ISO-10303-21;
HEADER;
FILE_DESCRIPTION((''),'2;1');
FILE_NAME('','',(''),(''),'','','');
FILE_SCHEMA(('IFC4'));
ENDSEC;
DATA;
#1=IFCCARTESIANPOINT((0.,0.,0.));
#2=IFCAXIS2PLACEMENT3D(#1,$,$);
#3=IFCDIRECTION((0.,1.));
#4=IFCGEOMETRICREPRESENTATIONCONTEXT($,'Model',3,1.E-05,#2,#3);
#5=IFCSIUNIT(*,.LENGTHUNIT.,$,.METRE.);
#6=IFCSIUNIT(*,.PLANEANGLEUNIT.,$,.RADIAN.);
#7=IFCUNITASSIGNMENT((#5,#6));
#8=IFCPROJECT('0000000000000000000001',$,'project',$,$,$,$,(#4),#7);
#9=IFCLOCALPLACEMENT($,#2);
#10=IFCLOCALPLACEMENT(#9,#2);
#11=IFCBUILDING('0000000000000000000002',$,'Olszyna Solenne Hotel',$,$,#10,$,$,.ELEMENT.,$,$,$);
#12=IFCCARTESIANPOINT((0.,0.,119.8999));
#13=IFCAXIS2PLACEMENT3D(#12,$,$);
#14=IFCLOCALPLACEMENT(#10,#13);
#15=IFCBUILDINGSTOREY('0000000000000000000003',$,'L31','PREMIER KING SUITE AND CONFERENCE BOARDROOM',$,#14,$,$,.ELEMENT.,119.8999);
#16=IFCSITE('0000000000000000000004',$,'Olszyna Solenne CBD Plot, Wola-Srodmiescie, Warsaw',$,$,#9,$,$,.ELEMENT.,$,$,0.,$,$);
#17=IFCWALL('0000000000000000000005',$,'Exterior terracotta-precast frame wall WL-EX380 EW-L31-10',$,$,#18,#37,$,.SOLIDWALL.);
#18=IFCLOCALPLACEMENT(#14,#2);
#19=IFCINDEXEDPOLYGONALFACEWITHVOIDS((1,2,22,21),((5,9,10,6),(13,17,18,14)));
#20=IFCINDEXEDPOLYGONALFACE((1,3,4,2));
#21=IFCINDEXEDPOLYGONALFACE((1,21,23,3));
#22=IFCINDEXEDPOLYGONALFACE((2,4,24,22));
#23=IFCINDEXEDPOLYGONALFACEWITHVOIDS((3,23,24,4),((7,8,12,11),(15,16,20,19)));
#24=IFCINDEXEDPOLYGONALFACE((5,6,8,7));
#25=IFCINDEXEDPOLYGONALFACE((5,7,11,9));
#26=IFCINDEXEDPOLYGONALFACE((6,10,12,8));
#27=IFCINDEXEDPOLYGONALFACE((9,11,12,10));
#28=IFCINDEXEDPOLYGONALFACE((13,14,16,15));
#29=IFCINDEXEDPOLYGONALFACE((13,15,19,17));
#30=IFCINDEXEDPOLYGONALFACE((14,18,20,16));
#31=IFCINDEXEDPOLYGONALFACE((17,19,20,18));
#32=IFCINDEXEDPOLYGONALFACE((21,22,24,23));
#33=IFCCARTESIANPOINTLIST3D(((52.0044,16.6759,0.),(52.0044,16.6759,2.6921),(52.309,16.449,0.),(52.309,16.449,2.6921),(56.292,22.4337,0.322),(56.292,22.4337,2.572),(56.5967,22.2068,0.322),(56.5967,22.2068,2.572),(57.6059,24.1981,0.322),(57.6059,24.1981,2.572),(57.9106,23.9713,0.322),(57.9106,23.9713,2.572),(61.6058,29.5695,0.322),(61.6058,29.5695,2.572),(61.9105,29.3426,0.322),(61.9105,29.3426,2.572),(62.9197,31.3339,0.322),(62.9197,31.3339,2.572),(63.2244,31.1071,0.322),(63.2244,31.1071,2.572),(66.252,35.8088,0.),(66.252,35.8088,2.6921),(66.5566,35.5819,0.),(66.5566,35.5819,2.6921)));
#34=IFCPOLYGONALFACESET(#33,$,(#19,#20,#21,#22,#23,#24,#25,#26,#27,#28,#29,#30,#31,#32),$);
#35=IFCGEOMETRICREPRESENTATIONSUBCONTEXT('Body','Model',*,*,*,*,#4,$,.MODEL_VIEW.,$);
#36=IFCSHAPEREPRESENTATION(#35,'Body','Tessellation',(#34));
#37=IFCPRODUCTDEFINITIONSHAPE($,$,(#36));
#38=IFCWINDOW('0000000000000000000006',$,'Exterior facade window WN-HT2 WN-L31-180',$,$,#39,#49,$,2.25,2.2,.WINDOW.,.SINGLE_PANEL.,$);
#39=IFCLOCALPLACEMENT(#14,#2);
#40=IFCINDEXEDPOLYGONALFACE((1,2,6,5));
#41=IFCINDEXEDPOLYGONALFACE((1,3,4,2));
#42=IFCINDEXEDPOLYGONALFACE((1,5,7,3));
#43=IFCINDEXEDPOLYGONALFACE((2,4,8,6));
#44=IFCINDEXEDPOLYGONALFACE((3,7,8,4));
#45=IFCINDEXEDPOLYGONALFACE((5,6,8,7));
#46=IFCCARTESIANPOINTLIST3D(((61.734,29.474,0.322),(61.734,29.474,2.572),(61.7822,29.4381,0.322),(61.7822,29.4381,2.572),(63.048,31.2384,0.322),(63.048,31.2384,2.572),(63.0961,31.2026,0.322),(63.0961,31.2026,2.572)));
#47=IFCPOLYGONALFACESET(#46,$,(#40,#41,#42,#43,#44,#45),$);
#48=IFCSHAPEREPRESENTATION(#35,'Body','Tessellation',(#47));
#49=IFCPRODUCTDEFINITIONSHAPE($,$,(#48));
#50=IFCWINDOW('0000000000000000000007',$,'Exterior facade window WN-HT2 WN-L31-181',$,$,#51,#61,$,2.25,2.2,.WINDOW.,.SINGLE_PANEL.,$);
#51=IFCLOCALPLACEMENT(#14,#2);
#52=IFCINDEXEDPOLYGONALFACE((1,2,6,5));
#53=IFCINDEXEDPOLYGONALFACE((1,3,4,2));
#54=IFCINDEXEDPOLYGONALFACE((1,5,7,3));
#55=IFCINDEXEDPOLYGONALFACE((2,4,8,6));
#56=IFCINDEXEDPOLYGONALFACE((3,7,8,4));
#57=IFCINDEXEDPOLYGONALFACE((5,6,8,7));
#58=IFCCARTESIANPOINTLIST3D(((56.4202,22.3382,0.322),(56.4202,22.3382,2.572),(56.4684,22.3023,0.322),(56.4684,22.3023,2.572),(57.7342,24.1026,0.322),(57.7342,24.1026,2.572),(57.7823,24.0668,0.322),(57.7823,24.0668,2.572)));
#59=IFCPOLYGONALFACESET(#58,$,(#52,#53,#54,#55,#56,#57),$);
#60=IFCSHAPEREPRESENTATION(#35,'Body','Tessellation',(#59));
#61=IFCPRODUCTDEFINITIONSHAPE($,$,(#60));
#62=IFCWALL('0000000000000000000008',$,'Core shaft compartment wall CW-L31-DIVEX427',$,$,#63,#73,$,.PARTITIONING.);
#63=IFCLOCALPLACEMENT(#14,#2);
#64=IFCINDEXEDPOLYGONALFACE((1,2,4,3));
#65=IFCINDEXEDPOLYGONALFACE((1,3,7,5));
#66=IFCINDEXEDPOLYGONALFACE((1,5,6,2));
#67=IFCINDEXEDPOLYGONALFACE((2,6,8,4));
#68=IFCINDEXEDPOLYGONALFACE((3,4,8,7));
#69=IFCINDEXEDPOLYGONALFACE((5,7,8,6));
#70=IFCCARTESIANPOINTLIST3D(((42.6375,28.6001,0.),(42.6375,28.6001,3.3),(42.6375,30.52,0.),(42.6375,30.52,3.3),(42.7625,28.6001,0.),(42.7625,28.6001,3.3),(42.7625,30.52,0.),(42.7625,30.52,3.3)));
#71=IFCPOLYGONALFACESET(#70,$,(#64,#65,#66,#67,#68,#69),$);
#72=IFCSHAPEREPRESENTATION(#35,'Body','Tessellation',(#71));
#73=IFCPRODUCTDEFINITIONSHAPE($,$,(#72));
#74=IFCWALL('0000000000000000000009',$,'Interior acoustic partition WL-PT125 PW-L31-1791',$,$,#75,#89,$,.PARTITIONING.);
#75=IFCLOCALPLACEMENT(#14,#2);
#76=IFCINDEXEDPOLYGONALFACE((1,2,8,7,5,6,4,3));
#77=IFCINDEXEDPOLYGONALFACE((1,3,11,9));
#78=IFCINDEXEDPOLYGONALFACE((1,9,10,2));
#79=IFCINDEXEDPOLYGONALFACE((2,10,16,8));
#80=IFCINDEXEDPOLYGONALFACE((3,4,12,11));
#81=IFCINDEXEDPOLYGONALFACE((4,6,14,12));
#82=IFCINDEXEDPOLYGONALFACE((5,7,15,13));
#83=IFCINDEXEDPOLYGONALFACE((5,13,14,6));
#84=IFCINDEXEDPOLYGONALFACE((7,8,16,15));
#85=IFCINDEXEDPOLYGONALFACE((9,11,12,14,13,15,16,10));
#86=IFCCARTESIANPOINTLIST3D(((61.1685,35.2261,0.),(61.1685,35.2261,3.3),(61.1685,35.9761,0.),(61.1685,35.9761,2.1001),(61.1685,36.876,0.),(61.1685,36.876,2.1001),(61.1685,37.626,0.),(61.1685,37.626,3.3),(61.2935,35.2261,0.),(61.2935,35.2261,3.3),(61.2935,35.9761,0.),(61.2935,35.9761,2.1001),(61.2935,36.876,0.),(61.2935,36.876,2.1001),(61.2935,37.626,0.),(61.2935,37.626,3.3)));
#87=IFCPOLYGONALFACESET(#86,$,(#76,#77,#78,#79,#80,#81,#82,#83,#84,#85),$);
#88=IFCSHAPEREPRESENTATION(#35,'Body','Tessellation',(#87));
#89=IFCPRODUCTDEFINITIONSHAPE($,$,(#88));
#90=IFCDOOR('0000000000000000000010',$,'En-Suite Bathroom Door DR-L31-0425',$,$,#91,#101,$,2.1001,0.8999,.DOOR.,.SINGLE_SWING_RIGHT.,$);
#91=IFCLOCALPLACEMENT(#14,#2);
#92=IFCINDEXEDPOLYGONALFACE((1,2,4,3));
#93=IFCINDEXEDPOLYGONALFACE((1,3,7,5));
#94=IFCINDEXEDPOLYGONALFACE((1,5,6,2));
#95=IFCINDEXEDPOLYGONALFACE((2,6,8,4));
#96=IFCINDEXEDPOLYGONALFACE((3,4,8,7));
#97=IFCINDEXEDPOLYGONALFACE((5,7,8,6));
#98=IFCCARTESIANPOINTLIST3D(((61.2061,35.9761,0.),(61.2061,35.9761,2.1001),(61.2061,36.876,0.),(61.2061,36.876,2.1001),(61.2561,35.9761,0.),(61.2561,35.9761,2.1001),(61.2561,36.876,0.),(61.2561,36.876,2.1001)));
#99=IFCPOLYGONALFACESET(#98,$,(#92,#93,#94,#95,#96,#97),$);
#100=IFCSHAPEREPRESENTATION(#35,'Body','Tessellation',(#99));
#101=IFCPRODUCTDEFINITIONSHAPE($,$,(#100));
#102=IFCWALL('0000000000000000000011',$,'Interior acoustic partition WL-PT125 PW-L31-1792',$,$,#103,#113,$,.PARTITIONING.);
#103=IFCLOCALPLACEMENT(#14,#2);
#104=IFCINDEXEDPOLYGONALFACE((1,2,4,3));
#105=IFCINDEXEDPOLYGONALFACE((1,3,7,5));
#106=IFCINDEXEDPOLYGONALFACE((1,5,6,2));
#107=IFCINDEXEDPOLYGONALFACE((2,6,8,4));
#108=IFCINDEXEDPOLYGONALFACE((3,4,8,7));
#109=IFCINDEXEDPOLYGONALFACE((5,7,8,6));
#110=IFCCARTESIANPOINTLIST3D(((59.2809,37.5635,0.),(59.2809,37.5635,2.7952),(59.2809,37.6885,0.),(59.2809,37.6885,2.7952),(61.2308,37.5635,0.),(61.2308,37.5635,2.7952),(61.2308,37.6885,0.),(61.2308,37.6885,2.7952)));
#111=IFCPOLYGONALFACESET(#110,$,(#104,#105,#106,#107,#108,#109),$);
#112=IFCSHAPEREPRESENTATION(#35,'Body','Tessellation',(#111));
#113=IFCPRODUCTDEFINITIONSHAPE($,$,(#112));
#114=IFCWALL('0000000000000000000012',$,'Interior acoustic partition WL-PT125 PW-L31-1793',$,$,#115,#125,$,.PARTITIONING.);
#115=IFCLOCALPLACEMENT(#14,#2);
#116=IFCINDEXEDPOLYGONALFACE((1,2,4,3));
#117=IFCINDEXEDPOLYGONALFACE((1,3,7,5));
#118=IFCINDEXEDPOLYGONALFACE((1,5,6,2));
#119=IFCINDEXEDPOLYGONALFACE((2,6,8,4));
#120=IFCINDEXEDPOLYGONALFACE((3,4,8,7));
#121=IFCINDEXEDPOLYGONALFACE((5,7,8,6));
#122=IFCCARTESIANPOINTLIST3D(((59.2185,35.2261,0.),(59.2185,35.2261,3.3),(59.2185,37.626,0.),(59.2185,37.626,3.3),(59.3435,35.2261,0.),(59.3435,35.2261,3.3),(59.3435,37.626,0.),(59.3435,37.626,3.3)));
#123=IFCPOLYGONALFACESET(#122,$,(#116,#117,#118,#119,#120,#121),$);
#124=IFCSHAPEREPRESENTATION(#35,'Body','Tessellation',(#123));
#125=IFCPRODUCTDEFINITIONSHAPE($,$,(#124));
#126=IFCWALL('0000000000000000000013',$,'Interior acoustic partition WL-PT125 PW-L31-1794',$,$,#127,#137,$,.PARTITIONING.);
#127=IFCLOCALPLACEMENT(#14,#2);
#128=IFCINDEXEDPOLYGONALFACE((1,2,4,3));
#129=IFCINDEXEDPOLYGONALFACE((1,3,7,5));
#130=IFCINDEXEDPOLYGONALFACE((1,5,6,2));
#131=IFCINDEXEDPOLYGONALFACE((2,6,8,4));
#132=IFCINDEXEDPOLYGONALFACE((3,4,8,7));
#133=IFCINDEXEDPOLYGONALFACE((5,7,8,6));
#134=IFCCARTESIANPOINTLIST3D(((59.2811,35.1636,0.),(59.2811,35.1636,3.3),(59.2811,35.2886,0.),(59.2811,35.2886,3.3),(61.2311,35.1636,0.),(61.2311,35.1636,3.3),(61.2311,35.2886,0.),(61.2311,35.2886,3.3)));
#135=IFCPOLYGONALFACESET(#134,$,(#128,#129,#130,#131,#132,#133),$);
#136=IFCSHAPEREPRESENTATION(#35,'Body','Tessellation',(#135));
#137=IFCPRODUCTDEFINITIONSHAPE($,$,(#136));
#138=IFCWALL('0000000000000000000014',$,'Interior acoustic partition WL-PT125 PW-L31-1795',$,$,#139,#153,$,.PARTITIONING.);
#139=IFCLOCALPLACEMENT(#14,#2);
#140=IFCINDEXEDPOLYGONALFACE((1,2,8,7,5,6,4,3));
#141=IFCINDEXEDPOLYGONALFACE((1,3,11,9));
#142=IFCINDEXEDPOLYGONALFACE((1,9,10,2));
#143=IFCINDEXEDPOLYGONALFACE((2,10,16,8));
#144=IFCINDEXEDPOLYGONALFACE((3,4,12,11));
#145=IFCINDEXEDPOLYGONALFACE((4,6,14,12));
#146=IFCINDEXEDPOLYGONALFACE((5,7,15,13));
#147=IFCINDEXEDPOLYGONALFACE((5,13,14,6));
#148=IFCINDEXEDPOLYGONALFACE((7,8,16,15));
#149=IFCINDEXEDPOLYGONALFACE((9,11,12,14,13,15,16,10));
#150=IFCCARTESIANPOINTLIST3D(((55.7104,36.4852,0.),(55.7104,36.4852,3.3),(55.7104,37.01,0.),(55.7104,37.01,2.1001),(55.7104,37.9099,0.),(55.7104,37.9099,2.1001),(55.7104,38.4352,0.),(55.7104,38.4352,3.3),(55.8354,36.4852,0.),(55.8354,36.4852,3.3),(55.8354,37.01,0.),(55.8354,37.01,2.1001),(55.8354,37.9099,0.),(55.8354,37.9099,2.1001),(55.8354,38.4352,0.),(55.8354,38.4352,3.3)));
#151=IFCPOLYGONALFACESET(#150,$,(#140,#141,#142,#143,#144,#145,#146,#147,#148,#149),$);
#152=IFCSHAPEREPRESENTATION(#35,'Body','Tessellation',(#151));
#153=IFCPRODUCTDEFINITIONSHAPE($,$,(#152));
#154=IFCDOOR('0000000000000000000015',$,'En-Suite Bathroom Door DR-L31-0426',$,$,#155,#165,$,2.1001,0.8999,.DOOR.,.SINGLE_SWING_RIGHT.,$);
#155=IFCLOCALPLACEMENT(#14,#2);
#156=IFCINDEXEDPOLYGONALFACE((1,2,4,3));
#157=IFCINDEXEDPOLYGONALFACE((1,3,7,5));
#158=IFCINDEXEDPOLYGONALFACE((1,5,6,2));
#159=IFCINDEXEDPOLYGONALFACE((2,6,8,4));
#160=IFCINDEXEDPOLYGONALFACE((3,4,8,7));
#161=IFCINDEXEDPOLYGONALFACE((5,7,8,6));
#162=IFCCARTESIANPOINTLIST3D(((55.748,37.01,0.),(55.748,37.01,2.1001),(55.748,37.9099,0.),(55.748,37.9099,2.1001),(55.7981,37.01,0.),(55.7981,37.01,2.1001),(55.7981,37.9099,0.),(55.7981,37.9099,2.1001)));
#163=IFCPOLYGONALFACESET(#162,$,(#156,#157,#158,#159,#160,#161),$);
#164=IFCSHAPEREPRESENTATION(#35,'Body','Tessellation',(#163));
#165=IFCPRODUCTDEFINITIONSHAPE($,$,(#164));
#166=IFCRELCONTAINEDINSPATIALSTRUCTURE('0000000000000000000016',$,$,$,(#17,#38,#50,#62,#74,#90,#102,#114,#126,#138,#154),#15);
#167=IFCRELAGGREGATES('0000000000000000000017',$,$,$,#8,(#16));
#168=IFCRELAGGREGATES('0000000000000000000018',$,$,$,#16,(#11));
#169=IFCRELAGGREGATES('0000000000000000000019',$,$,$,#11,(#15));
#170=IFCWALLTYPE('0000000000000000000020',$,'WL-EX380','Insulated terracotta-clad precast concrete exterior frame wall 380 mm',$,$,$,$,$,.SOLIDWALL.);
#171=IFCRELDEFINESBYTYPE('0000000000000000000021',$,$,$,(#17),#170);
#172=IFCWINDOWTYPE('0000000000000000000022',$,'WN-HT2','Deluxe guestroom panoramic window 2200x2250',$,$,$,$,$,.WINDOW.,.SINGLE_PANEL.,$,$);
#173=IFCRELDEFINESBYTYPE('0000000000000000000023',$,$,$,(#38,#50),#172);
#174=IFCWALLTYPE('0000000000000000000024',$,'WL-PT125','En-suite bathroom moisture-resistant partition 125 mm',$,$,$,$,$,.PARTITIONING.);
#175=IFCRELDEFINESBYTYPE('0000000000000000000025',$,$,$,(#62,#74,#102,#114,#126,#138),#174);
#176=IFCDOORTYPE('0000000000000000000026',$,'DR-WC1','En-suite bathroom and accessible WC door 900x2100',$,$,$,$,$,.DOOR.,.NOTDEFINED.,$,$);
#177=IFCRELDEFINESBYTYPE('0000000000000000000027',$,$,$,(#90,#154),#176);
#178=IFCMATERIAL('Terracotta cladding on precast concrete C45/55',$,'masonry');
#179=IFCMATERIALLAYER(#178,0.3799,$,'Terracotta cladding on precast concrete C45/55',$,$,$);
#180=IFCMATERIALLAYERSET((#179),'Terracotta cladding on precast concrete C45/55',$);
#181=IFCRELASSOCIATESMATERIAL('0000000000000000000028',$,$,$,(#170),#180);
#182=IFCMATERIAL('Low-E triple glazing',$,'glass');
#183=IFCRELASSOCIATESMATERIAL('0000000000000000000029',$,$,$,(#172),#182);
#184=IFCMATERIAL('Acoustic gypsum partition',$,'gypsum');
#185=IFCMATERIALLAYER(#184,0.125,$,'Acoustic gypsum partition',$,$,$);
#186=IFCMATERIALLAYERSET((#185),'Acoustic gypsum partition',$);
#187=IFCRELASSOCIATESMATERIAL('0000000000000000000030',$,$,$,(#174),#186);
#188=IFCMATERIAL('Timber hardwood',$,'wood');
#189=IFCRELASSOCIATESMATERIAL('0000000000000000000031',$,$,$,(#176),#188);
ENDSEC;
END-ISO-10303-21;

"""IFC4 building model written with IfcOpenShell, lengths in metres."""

from ifc_helpers import new_model, si_unit, direction, frame, frame_2d, origin, place, context, subcontext, project, spatial, rectangle, extrude, source, transform, mapped, material, layer, layer_set, type_object, type_shapes, element, fill, save


model = new_model("IFC4")

# Units and contexts
model_context = context("Model", 3, precision=1e-05, world=origin(), true_north=direction((0.0, 1.0)))
body_context = subcontext(model_context, "Body", "Model", "MODEL_VIEW")
ifc_project = project(units=[si_unit("LENGTHUNIT", "METRE"), si_unit("PLANEANGLEUNIT", "RADIAN")], contexts=[model_context])

# Site, building, storey
site_placement = place(None, origin())
site = spatial("IfcSite", under=ifc_project, at=site_placement, Name="Olszyna Solenne CBD Plot, Wola-Srodmiescie, Warsaw", CompositionType="ELEMENT", RefElevation=0.0)
building_placement = place(site_placement, origin())
building = spatial("IfcBuilding", under=site, at=building_placement, Name="Olszyna Solenne Hotel", CompositionType="ELEMENT")
storey_placement = place(building_placement, frame((0.0, 0.0, 119.8999)))
storey = spatial("IfcBuildingStorey", under=building, at=storey_placement, Name="L31", Description="PREMIER KING SUITE AND CONFERENCE BOARDROOM", CompositionType="ELEMENT", Elevation=119.8999)

# Shared definitions
ifc_material_1 = material(Name="Timber hardwood", Category="wood")

# Shared definitions
ifc_material_2 = material(Name="Terracotta cladding on precast concrete C45/55", Category="masonry")
ifc_layer_1 = layer(ifc_material_2, 0.3799, Name="Terracotta cladding on precast concrete C45/55")
ifc_layer_set_1 = layer_set([ifc_layer_1], Name="Terracotta cladding on precast concrete C45/55")
wall_type_1 = type_object("IfcWallType", Name="WL-EX380", Description="Insulated terracotta-clad precast concrete exterior frame wall 380 mm", PredefinedType="SOLIDWALL", material=ifc_layer_set_1)

# Wall, openings, windows
wall_1_placement = place(storey_placement, frame((66.4043, 35.6953, 0.0), z_axis=(0.0, 0.0, 1.0), x_axis=(-0.597259, -0.802049, 0.0)))
wall_1 = element("IfcWall", 1, at=wall_1_placement, inside=storey, type_object=wall_type_1, Name="Exterior terracotta-precast frame wall WL-EX380 EW-L31-10", PredefinedType="SOLIDWALL", context=body_context, shape_type="SweptSolid", body=[
    extrude(rectangle(XDim=23.855, YDim=0.3799, at=frame_2d((11.9275, 0.0))), origin(), (0.0, 0.0, 1.0), 2.6921),
])
opening_1_placement = place(wall_1_placement, frame((5.5791, 0.0, 0.322)))
opening_1 = element("IfcOpeningElement", 2, at=opening_1_placement, cuts=wall_1, PredefinedType="OPENING", context=body_context, shape_type="SweptSolid", body=[
    extrude(rectangle(XDim=2.2, YDim=2.25, at=frame_2d((1.1001, 1.125))), frame((0.0, 0.2, 0.0), z_axis=(0.0, -1.0, 0.0), x_axis=(1.0, 0.0, 0.0)), (0.0, 0.0, 1.0), 0.3999),
])
opening_2_placement = place(wall_1_placement, frame((14.4761, 0.0, 0.322)))
opening_2 = element("IfcOpeningElement", 3, at=opening_2_placement, cuts=wall_1, PredefinedType="OPENING", context=body_context, shape_type="SweptSolid", body=[
    extrude(rectangle(XDim=2.2, YDim=2.25, at=frame_2d((1.1001, 1.125))), frame((0.0, 0.2, 0.0), z_axis=(0.0, -1.0, 0.0), x_axis=(1.0, 0.0, 0.0)), (0.0, 0.0, 1.0), 0.3999),
])
ifc_material_3 = material(Name="Low-E triple glazing", Category="glass")
window_type = type_object("IfcWindowType", Name="WN-HT2", Description="Deluxe guestroom panoramic window 2200x2250", PartitioningType="SINGLE_PANEL", PredefinedType="WINDOW", material=ifc_material_3)
shared_shape_1 = source(origin(), body_context, "Body", "SweptSolid", [
    extrude(rectangle(XDim=2.2, YDim=2.25, at=frame_2d((1.1001, 1.125))), frame((0.0, 0.03, 0.0), z_axis=(0.0, -1.0, 0.0), x_axis=(1.0, 0.0, 0.0)), (0.0, 0.0, 1.0), 0.0601),
])
type_shapes(window_type, [shared_shape_1])
window_1_placement = place(opening_1_placement, origin())
window_1 = element("IfcWindow", 4, at=window_1_placement, inside=storey, type_object=window_type, Name="Exterior facade window WN-HT2 WN-L31-180", OverallHeight=2.25, OverallWidth=2.2, PartitioningType="SINGLE_PANEL", PredefinedType="WINDOW", context=body_context, shape_type="MappedRepresentation", body=[
    mapped(shared_shape_1, transform((0.0, 0.0, 0.0), x_axis=(1.0, 0.0, 0.0), y_axis=(0.0, 1.0, 0.0), z_axis=(0.0, 0.0, 1.0), scale=1.0)),
])
fill(opening_1, window_1)
window_2_placement = place(opening_2_placement, origin())
window_2 = element("IfcWindow", 5, at=window_2_placement, inside=storey, type_object=window_type, Name="Exterior facade window WN-HT2 WN-L31-181", OverallHeight=2.25, OverallWidth=2.2, PartitioningType="SINGLE_PANEL", PredefinedType="WINDOW", context=body_context, shape_type="MappedRepresentation", body=[
    mapped(shared_shape_1, transform((0.0, 0.0, 0.0), x_axis=(1.0, 0.0, 0.0), y_axis=(0.0, 1.0, 0.0), z_axis=(0.0, 0.0, 1.0), scale=1.0)),
])
fill(opening_2, window_2)

# Wall
ifc_material_4 = material(Name="Acoustic gypsum partition", Category="gypsum")
ifc_layer_2 = layer(ifc_material_4, 0.125, Name="Acoustic gypsum partition")
ifc_layer_set_2 = layer_set([ifc_layer_2], Name="Acoustic gypsum partition")
wall_type_2 = type_object("IfcWallType", Name="WL-PT125", Description="En-suite bathroom moisture-resistant partition 125 mm", PredefinedType="PARTITIONING", material=ifc_layer_set_2)
wall_2_placement = place(storey_placement, frame((42.7, 28.6001, 0.0), z_axis=(0.0, 0.0, 1.0), x_axis=(0.0, 1.0, 0.0)))
element("IfcWall", 6, at=wall_2_placement, inside=storey, type_object=wall_type_2, Name="Core shaft compartment wall CW-L31-DIVEX427", PredefinedType="PARTITIONING", context=body_context, shape_type="SweptSolid", body=[
    extrude(rectangle(XDim=1.9199, YDim=0.125, at=frame_2d((0.96, 0.0))), origin(), (0.0, 0.0, 1.0), 3.3),
])

# Wall, opening, door
wall_3_placement = place(storey_placement, frame((61.231, 35.2261, 0.0), z_axis=(0.0, 0.0, 1.0), x_axis=(0.0, 1.0, 0.0)))
wall_3 = element("IfcWall", 7, at=wall_3_placement, inside=storey, type_object=wall_type_2, Name="Interior acoustic partition WL-PT125 PW-L31-1791", PredefinedType="PARTITIONING", context=body_context, shape_type="SweptSolid", body=[
    extrude(rectangle(XDim=2.3999, YDim=0.125, at=frame_2d((1.2, 0.0))), origin(), (0.0, 0.0, 1.0), 3.3),
])
opening_3_placement = place(wall_3_placement, frame((0.75, 0.0, 0.0)))
opening_3 = element("IfcOpeningElement", 8, at=opening_3_placement, cuts=wall_3, PredefinedType="OPENING", context=body_context, shape_type="SweptSolid", body=[
    extrude(rectangle(XDim=0.8999, YDim=2.1001, at=frame_2d((0.45, 1.05))), frame((0.0, 0.0725, 0.0), z_axis=(0.0, -1.0, 0.0), x_axis=(1.0, 0.0, 0.0)), (0.0, 0.0, 1.0), 0.145),
])
door_type_1 = type_object("IfcDoorType", Name="DR-WC1", Description="En-suite bathroom and accessible WC door 900x2100", OperationType="NOTDEFINED", PredefinedType="DOOR", material=ifc_material_1)
shared_shape_2 = source(origin(), body_context, "Body", "SweptSolid", [
    extrude(rectangle(XDim=0.8999, YDim=2.1001, at=frame_2d((0.45, 1.05))), frame((0.0, 0.0249, 0.0), z_axis=(0.0, -1.0, 0.0), x_axis=(1.0, 0.0, 0.0)), (0.0, 0.0, 1.0), 0.05),
])
type_shapes(door_type_1, [shared_shape_2])
door_1_placement = place(opening_3_placement, origin())
door_1 = element("IfcDoor", 9, at=door_1_placement, inside=storey, type_object=door_type_1, Name="En-Suite Bathroom Door DR-L31-0425", OperationType="SINGLE_SWING_RIGHT", OverallHeight=2.1001, OverallWidth=0.8999, PredefinedType="DOOR", context=body_context, shape_type="MappedRepresentation", body=[
    mapped(shared_shape_2, transform((0.0, 0.0, 0.0), x_axis=(1.0, 0.0, 0.0), y_axis=(0.0, 1.0, 0.0), z_axis=(0.0, 0.0, 1.0), scale=1.0)),
])
fill(opening_3, door_1)

# Walls
wall_4_placement = place(storey_placement, frame((61.231, 37.626, 0.0), z_axis=(0.0, 0.0, 1.0), x_axis=(-1.0, 0.0, 0.0)))
element("IfcWall", 10, at=wall_4_placement, inside=storey, type_object=wall_type_2, Name="Interior acoustic partition WL-PT125 PW-L31-1792", PredefinedType="PARTITIONING", context=body_context, shape_type="SweptSolid", body=[
    extrude(rectangle(XDim=1.95, YDim=0.125, at=frame_2d((0.9751, 0.0))), origin(), (0.0, 0.0, 1.0), 2.7952),
])
wall_5_placement = place(storey_placement, frame((59.281, 37.626, 0.0), z_axis=(0.0, 0.0, 1.0), x_axis=(0.0, -1.0, 0.0)))
element("IfcWall", 11, at=wall_5_placement, inside=storey, type_object=wall_type_2, Name="Interior acoustic partition WL-PT125 PW-L31-1793", PredefinedType="PARTITIONING", context=body_context, shape_type="SweptSolid", body=[
    extrude(rectangle(XDim=2.3999, YDim=0.125, at=frame_2d((1.2, 0.0))), origin(), (0.0, 0.0, 1.0), 3.3),
])
wall_6_placement = place(storey_placement, frame((59.281, 35.2261, 0.0), z_axis=(0.0, 0.0, 1.0), x_axis=(1.0, 0.0, 0.0)))
element("IfcWall", 12, at=wall_6_placement, inside=storey, type_object=wall_type_2, Name="Interior acoustic partition WL-PT125 PW-L31-1794", PredefinedType="PARTITIONING", context=body_context, shape_type="SweptSolid", body=[
    extrude(rectangle(XDim=1.95, YDim=0.125, at=frame_2d((0.9751, 0.0))), origin(), (0.0, 0.0, 1.0), 3.3),
])

# Wall, opening, door
wall_7_placement = place(storey_placement, frame((55.7729, 36.4851, 0.0), z_axis=(0.0, 0.0, 1.0), x_axis=(0.0, 1.0, 0.0)))
wall_7 = element("IfcWall", 13, at=wall_7_placement, inside=storey, type_object=wall_type_2, Name="Interior acoustic partition WL-PT125 PW-L31-1795", PredefinedType="PARTITIONING", context=body_context, shape_type="SweptSolid", body=[
    extrude(rectangle(XDim=1.95, YDim=0.125, at=frame_2d((0.9751, 0.0))), origin(), (0.0, 0.0, 1.0), 3.3),
])
opening_4_placement = place(wall_7_placement, frame((0.5249, 0.0, 0.0)))
opening_4 = element("IfcOpeningElement", 14, at=opening_4_placement, cuts=wall_7, PredefinedType="OPENING", context=body_context, shape_type="SweptSolid", body=[
    extrude(rectangle(XDim=0.8999, YDim=2.1001, at=frame_2d((0.45, 1.05))), frame((0.0, 0.0725, 0.0), z_axis=(0.0, -1.0, 0.0), x_axis=(1.0, 0.0, 0.0)), (0.0, 0.0, 1.0), 0.145),
])
door_2_placement = place(opening_4_placement, origin())
door_2 = element("IfcDoor", 15, at=door_2_placement, inside=storey, type_object=door_type_1, Name="En-Suite Bathroom Door DR-L31-0426", OperationType="SINGLE_SWING_RIGHT", OverallHeight=2.1001, OverallWidth=0.8999, PredefinedType="DOOR", context=body_context, shape_type="MappedRepresentation", body=[
    mapped(shared_shape_2, transform((0.0, 0.0, 0.0), x_axis=(1.0, 0.0, 0.0), y_axis=(0.0, 1.0, 0.0), z_axis=(0.0, 0.0, 1.0), scale=1.0)),
])
fill(opening_4, door_2)

save(model, "model.ifc")
